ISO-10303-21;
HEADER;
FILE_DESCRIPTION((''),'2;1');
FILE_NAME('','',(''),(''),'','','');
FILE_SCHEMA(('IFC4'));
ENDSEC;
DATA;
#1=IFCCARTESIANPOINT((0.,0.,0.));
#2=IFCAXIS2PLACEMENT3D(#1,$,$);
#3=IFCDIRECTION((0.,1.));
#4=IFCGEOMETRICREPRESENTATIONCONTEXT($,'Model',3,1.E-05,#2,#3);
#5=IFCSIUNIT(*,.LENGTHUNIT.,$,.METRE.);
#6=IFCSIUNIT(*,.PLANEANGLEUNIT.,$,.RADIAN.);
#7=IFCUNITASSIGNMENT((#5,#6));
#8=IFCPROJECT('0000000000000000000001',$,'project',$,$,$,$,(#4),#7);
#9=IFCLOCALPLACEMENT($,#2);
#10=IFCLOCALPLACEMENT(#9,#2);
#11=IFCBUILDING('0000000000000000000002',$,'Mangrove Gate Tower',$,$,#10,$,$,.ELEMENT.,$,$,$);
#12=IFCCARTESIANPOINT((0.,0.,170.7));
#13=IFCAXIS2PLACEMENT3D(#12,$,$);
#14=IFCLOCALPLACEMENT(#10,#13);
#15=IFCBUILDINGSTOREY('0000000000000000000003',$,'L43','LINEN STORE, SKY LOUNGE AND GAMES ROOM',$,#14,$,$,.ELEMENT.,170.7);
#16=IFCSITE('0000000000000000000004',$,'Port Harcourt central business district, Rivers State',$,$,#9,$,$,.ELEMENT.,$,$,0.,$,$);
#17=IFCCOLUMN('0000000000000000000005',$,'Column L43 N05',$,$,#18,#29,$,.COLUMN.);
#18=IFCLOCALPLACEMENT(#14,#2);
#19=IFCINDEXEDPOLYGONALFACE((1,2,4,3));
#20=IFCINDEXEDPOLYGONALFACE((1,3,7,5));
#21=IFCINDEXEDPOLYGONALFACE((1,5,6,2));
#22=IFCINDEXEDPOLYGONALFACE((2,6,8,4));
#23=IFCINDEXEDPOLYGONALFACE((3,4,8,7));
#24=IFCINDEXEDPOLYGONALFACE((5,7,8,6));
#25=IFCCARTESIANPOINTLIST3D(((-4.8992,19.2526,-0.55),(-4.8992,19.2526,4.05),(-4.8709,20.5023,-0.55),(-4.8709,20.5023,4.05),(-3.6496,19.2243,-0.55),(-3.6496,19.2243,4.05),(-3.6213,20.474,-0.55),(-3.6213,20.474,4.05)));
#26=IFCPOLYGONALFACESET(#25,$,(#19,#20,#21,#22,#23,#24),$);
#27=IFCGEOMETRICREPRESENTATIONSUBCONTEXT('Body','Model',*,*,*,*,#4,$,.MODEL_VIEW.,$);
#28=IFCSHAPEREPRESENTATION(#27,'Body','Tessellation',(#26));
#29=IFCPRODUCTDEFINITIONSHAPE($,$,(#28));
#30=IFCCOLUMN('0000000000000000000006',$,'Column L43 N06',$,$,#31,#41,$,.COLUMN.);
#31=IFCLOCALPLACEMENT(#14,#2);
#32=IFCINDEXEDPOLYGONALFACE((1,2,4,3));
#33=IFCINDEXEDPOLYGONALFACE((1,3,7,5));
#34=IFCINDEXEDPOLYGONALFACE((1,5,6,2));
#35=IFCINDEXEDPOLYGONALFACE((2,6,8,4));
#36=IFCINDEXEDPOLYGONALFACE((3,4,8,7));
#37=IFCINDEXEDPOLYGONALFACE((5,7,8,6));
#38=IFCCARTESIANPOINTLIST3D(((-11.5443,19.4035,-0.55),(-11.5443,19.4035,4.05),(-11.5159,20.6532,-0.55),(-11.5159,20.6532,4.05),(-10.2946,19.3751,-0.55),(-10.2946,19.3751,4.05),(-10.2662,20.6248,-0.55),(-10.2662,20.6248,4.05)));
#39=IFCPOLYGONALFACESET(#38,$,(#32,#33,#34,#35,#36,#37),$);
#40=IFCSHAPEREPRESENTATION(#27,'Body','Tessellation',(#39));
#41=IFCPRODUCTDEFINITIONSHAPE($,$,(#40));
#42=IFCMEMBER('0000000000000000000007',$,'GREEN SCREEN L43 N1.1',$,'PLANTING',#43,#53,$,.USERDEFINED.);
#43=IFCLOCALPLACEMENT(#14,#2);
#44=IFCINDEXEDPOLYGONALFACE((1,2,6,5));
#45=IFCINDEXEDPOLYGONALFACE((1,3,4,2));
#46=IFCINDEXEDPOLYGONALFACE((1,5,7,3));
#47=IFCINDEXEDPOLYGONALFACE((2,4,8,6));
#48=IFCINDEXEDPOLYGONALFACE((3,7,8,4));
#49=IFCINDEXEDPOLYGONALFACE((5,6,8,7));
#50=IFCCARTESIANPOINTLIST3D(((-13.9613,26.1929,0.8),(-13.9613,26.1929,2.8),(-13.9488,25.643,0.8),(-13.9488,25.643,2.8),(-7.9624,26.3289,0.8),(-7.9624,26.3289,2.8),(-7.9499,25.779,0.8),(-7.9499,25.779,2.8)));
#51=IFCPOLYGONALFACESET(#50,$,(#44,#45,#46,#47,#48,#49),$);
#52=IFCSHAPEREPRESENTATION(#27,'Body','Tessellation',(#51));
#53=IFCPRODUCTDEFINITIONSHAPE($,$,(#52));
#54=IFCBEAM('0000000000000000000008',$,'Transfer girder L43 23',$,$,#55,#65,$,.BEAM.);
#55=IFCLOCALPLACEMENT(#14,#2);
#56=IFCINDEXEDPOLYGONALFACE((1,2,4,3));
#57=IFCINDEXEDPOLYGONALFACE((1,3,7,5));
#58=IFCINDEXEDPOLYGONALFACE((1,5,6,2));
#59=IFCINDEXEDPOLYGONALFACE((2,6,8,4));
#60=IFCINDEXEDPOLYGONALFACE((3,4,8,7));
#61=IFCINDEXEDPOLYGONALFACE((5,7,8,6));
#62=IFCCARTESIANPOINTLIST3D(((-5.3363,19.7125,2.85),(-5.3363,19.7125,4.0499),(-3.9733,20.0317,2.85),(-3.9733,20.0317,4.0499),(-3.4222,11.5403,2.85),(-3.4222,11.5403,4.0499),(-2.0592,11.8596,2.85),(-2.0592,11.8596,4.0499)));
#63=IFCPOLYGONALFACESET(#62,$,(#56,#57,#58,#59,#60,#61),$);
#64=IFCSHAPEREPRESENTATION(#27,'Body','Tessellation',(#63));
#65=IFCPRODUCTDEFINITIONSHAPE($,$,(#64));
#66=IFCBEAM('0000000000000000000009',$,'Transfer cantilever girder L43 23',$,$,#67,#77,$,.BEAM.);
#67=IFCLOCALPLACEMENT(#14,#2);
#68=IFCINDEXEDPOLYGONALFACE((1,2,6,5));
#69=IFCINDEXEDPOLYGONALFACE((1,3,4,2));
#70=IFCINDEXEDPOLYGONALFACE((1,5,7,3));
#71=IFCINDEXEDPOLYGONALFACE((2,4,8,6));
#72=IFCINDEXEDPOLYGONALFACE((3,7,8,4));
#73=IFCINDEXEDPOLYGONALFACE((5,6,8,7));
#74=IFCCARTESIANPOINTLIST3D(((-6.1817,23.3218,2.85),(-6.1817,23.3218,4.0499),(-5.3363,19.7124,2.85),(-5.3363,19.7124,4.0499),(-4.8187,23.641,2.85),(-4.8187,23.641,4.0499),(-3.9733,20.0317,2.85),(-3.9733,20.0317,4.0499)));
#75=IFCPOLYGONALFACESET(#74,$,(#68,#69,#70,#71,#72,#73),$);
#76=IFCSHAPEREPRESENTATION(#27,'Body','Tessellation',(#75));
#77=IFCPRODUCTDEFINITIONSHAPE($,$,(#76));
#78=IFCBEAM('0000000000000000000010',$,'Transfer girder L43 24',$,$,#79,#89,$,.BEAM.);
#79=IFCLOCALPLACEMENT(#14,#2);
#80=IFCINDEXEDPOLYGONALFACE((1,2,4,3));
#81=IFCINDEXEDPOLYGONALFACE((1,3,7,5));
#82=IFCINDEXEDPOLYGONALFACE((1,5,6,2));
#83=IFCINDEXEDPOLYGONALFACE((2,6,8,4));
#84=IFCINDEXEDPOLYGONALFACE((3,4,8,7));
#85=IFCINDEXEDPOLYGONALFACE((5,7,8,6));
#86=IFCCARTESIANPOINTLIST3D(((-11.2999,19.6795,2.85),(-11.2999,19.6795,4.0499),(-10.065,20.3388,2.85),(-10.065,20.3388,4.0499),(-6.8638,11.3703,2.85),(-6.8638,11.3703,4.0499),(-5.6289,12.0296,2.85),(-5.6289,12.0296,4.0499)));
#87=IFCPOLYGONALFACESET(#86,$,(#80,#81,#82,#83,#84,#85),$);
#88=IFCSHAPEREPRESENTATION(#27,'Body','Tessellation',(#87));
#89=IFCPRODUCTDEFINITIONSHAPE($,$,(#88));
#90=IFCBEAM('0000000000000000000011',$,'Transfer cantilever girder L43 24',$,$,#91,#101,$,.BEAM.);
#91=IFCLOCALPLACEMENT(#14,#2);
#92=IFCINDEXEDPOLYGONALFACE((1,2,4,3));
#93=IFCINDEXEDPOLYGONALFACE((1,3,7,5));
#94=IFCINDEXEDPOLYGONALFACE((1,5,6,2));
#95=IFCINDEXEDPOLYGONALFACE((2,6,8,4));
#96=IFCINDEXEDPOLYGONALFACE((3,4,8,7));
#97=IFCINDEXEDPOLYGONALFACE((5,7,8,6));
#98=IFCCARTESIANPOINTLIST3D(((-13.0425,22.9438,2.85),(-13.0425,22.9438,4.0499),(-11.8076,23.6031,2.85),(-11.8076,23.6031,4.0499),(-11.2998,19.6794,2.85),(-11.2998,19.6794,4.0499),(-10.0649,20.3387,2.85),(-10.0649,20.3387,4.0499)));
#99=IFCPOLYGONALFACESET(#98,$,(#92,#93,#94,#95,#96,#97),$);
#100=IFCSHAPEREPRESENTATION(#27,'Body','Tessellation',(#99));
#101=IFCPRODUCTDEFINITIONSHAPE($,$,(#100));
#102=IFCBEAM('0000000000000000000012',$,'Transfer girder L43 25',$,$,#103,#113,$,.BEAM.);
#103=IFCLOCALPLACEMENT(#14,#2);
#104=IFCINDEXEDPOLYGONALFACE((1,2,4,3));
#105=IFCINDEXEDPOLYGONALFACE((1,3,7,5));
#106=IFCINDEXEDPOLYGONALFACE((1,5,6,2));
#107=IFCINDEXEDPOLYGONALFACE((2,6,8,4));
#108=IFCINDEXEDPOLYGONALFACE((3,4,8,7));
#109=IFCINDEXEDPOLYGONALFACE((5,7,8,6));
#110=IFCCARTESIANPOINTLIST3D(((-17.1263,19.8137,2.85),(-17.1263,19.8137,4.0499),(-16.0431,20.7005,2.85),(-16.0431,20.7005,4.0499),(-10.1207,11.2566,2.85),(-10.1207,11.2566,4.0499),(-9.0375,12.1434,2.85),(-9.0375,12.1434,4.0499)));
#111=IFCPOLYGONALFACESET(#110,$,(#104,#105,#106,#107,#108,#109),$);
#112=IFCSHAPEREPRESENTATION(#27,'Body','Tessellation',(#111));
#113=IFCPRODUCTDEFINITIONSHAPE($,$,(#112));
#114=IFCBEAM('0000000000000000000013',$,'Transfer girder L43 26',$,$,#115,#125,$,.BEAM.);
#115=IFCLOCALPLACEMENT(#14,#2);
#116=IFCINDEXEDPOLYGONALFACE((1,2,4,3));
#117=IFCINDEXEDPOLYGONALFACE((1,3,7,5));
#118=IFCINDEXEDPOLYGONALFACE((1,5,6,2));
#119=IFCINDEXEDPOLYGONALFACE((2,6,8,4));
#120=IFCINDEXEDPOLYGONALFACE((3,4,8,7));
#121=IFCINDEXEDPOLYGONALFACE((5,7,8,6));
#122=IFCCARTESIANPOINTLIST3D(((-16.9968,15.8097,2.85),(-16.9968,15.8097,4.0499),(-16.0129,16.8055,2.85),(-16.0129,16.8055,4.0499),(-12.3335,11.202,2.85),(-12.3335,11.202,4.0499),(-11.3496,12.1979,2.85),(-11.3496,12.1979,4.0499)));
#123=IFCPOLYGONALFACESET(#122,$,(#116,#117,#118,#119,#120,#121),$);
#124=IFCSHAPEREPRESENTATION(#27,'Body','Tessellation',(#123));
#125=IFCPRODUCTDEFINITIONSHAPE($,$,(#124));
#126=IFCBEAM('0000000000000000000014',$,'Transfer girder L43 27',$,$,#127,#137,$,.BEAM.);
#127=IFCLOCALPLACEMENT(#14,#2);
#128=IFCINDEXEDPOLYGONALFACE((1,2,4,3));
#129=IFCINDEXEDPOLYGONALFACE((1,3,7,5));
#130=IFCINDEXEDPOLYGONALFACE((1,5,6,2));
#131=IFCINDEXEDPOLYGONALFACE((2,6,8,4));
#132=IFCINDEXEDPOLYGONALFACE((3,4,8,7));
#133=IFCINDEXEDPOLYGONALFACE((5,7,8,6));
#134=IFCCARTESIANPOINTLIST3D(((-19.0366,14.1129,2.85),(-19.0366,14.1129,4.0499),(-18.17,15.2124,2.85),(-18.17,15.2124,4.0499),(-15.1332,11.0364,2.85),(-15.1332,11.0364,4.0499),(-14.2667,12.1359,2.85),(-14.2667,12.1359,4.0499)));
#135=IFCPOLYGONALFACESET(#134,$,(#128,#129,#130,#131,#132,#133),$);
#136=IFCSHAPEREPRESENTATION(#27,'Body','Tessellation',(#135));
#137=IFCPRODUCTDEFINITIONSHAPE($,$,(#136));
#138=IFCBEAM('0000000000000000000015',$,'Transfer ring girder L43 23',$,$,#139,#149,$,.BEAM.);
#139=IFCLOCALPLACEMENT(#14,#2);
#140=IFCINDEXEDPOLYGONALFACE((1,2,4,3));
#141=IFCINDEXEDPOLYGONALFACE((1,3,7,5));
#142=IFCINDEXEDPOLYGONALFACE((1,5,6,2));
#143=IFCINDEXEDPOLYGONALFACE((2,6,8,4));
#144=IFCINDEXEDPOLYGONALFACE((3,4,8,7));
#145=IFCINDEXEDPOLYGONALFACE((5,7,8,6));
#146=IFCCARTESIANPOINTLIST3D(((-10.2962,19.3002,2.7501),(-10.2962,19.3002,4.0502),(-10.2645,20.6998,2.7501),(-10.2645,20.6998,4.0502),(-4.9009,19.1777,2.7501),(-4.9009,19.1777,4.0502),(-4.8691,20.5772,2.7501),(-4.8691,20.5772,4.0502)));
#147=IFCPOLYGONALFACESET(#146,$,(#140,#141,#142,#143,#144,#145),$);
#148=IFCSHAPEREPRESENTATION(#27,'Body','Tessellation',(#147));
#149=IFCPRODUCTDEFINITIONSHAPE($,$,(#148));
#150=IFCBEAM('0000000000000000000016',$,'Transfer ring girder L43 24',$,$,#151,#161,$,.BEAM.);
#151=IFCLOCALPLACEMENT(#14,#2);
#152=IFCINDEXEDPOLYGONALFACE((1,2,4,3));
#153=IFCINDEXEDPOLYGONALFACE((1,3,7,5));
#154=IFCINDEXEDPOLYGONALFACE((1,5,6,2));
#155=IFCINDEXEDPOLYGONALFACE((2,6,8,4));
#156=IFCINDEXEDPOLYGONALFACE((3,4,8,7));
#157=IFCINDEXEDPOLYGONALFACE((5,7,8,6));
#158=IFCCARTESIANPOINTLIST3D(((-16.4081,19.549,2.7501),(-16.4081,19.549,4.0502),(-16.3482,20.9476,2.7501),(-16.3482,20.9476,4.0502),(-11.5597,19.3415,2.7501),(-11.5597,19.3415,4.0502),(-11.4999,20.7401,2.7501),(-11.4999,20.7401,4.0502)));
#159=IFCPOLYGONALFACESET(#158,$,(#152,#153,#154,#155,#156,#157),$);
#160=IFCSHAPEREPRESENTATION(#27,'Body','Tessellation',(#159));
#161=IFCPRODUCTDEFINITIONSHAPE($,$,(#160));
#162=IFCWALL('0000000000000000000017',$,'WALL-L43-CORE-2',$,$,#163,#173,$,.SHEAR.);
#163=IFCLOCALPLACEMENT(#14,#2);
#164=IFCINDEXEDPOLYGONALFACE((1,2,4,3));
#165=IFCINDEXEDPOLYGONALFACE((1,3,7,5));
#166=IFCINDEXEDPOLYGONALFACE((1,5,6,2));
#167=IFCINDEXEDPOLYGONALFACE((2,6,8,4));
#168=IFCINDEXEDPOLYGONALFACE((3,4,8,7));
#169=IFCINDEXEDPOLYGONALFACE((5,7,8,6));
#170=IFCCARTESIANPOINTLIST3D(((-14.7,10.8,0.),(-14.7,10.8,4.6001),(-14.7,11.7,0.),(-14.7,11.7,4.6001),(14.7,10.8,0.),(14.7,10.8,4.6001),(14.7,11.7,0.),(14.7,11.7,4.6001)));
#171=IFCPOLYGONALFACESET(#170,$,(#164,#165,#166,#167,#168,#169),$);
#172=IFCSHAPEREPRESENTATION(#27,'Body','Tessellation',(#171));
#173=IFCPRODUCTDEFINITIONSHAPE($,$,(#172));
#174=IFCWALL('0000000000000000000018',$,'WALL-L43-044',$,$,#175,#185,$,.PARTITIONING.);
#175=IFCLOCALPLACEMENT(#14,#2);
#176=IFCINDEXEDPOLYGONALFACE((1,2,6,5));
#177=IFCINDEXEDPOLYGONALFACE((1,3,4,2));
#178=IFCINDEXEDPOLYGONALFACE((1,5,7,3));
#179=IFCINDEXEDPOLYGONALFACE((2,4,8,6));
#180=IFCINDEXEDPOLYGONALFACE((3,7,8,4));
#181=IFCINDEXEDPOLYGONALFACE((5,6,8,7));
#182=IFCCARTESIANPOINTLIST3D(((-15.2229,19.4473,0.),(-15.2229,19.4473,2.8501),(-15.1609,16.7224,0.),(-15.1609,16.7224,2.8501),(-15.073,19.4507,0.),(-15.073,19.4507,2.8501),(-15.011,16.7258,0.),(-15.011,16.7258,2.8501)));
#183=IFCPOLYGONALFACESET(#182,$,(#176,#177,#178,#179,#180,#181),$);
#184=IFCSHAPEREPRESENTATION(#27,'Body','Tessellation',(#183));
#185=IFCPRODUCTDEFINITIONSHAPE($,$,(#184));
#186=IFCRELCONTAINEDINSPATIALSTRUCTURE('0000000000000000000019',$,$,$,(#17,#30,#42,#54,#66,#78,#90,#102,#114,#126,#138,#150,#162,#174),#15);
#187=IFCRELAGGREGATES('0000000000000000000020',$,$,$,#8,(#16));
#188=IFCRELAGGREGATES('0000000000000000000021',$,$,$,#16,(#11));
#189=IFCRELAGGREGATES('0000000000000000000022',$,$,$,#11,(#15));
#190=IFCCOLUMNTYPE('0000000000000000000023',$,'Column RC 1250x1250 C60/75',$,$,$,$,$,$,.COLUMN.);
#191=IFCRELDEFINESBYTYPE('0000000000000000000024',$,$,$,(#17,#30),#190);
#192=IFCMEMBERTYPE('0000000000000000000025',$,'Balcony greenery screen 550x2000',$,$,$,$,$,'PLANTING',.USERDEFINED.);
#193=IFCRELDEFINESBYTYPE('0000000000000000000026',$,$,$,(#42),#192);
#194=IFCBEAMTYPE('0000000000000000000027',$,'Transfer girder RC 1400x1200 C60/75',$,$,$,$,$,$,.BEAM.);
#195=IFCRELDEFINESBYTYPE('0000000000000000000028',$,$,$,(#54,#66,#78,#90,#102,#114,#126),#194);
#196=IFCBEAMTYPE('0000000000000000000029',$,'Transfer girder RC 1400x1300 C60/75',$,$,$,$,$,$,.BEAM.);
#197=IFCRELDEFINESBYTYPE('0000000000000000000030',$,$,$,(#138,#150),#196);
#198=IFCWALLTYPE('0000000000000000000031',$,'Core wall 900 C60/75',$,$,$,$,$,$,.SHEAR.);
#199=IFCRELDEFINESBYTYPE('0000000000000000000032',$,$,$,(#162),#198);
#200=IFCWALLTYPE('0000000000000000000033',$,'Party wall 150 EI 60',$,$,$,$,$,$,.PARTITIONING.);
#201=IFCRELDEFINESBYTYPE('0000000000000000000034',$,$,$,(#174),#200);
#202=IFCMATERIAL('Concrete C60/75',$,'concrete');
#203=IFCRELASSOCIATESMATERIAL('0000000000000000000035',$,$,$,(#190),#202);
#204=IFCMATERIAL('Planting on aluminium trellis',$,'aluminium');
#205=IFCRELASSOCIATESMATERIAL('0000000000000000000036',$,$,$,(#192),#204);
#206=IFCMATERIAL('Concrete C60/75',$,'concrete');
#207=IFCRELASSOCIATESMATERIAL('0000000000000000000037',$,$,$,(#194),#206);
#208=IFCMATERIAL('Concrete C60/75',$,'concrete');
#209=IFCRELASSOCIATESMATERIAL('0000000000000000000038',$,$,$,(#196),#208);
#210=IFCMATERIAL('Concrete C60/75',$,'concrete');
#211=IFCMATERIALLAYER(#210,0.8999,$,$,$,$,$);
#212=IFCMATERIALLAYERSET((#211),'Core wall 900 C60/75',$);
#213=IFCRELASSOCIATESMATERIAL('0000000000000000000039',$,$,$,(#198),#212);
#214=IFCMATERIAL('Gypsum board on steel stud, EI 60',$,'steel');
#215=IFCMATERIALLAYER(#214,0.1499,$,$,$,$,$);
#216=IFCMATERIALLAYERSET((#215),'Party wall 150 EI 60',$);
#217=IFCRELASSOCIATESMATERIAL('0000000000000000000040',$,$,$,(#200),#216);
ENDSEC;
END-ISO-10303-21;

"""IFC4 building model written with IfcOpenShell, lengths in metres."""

from ifc_helpers import new_model, si_unit, direction, frame, frame_2d, origin, origin_2d, place, context, subcontext, project, spatial, rectangle, extrude, material, layer, layer_set, material_profile, profile_set, type_object, element, save


model = new_model("IFC4")

# Units and contexts
model_context = context("Model", 3, precision=1e-05, world=origin(), true_north=direction((0.0, 1.0)))
body_context = subcontext(model_context, "Body", "Model", "MODEL_VIEW")
ifc_project = project(units=[si_unit("LENGTHUNIT", "METRE"), si_unit("PLANEANGLEUNIT", "RADIAN")], contexts=[model_context])

# Site, building, storey
site_placement = place(None, origin())
site = spatial("IfcSite", under=ifc_project, at=site_placement, Name="Port Harcourt central business district, Rivers State", CompositionType="ELEMENT", RefElevation=0.0)
building_placement = place(site_placement, origin())
building = spatial("IfcBuilding", under=site, at=building_placement, Name="Mangrove Gate Tower", CompositionType="ELEMENT")
storey_placement = place(building_placement, frame((0.0, 0.0, 170.7)))
storey = spatial("IfcBuildingStorey", under=building, at=storey_placement, Name="L43", Description="LINEN STORE, SKY LOUNGE AND GAMES ROOM", CompositionType="ELEMENT", Elevation=170.7)

# Columns
ifc_material_1 = material(Name="Concrete C60/75", Category="concrete")
ifc_material_profile_1 = material_profile(ifc_material_1, rectangle(XDim=1.25, YDim=1.25, at=origin_2d()))
ifc_profile_set_1 = profile_set([ifc_material_profile_1], Name="Concrete C60/75")
column_type = type_object("IfcColumnType", Name="Column RC 1250x1250 C60/75", PredefinedType="COLUMN", material=ifc_profile_set_1)
for number, where, z_axis, x_axis, name in (
    (1, (-4.2603, 19.8633, -0.55), (0.0, 0.0, 1.0), (-0.999744, 0.022643, 0.0), "Column L43 N05"),
    (2, (-10.9053, 20.0142, -0.55), (0.0, 0.0, 1.0), (-0.999742, 0.022718, 0.0), "Column L43 N06"),
):
    element("IfcColumn", number, at=place(storey_placement, frame(where, z_axis=z_axis, x_axis=x_axis)), inside=storey, type_object=column_type, Name=name, PredefinedType="COLUMN", context=body_context, shape_type="SweptSolid", body=[
        extrude(rectangle(XDim=1.25, YDim=1.25, at=origin_2d()), origin(), (0.0, 0.0, 1.0), 4.6001),
    ])

# Member
ifc_material_2 = material(Name="Planting on aluminium trellis", Category="aluminium")
ifc_material_profile_2 = material_profile(ifc_material_2, rectangle(XDim=0.55, YDim=2.0, at=origin_2d()))
ifc_profile_set_2 = profile_set([ifc_material_profile_2], Name="Planting on aluminium trellis")
member_type = type_object("IfcMemberType", Name="Balcony greenery screen 550x2000", ElementType="PLANTING", PredefinedType="USERDEFINED", material=ifc_profile_set_2)
member_placement = place(storey_placement, frame((-13.9551, 25.918, 1.8), z_axis=(0.999743, 0.022662, 0.0), x_axis=(-0.022662, 0.999743, 0.0)))
element("IfcMember", 3, at=member_placement, inside=storey, type_object=member_type, Name="GREEN SCREEN L43 N1.1", ObjectType="PLANTING", PredefinedType="USERDEFINED", context=body_context, shape_type="SweptSolid", body=[
    extrude(rectangle(XDim=0.55, YDim=2.0, at=origin_2d()), origin(), (0.0, 0.0, 1.0), 6.0005),
])

# Beams
ifc_material_3 = material(Name="Concrete C60/75", Category="concrete")
ifc_material_profile_3 = material_profile(ifc_material_3, rectangle(XDim=1.3999, YDim=1.2, at=origin_2d()))
ifc_profile_set_3 = profile_set([ifc_material_profile_3], Name="Concrete C60/75")
beam_type_1 = type_object("IfcBeamType", Name="Transfer girder RC 1400x1200 C60/75", PredefinedType="BEAM", material=ifc_profile_set_3)
beam_1_placement = place(storey_placement, frame((-2.7407, 11.7, 3.45), z_axis=(-0.228047, 0.97365, 0.0), x_axis=(-0.97365, -0.228047, 0.0)))
element("IfcBeam", 4, at=beam_1_placement, inside=storey, type_object=beam_type_1, Name="Transfer girder L43 23", PredefinedType="BEAM", context=body_context, shape_type="SweptSolid", body=[
    extrude(rectangle(XDim=1.3999, YDim=1.2, at=origin_2d()), origin(), (0.0, 0.0, 1.0), 8.3933),
])
beam_2_placement = place(storey_placement, frame((-4.6548, 19.8721, 3.45), z_axis=(-0.228066, 0.973646, 0.0), x_axis=(-0.973646, -0.228066, 0.0)))
element("IfcBeam", 5, at=beam_2_placement, inside=storey, type_object=beam_type_1, Name="Transfer cantilever girder L43 23", PredefinedType="BEAM", context=body_context, shape_type="SweptSolid", body=[
    extrude(rectangle(XDim=1.3999, YDim=1.2, at=origin_2d()), origin(), (0.0, 0.0, 1.0), 3.707),
])
beam_3_placement = place(storey_placement, frame((-6.2463, 11.7, 3.45), z_axis=(-0.470962, 0.882153, 0.0), x_axis=(-0.882153, -0.470962, 0.0)))
element("IfcBeam", 6, at=beam_3_placement, inside=storey, type_object=beam_type_1, Name="Transfer girder L43 24", PredefinedType="BEAM", context=body_context, shape_type="SweptSolid", body=[
    extrude(rectangle(XDim=1.3999, YDim=1.2, at=origin_2d()), origin(), (0.0, 0.0, 1.0), 9.4192),
])
beam_4_placement = place(storey_placement, frame((-10.6824, 20.009, 3.45), z_axis=(-0.470937, 0.882167, 0.0), x_axis=(-0.882167, -0.470937, 0.0)))
element("IfcBeam", 7, at=beam_4_placement, inside=storey, type_object=beam_type_1, Name="Transfer cantilever girder L43 24", PredefinedType="BEAM", context=body_context, shape_type="SweptSolid", body=[
    extrude(rectangle(XDim=1.3999, YDim=1.2, at=origin_2d()), origin(), (0.0, 0.0, 1.0), 3.7004),
])
beam_5_placement = place(storey_placement, frame((-9.5791, 11.7, 3.45), z_axis=(-0.633472, 0.773765, 0.0), x_axis=(-0.773765, -0.633472, 0.0)))
element("IfcBeam", 8, at=beam_5_placement, inside=storey, type_object=beam_type_1, Name="Transfer girder L43 25", PredefinedType="BEAM", context=body_context, shape_type="SweptSolid", body=[
    extrude(rectangle(XDim=1.3999, YDim=1.2, at=origin_2d()), origin(), (0.0, 0.0, 1.0), 11.0591),
])
beam_6_placement = place(storey_placement, frame((-11.8416, 11.7, 3.45), z_axis=(-0.71134, 0.702849, 0.0), x_axis=(-0.702849, -0.71134, 0.0)))
element("IfcBeam", 9, at=beam_6_placement, inside=storey, type_object=beam_type_1, Name="Transfer girder L43 26", PredefinedType="BEAM", context=body_context, shape_type="SweptSolid", body=[
    extrude(rectangle(XDim=1.3999, YDim=1.2, at=origin_2d()), origin(), (0.0, 0.0, 1.0), 6.5557),
])
beam_7_placement = place(storey_placement, frame((-14.7, 11.5862, 3.45), z_axis=(-0.785387, 0.619005, 0.0), x_axis=(-0.619005, -0.785387, 0.0)))
element("IfcBeam", 10, at=beam_7_placement, inside=storey, type_object=beam_type_1, Name="Transfer girder L43 27", PredefinedType="BEAM", context=body_context, shape_type="SweptSolid", body=[
    extrude(rectangle(XDim=1.3999, YDim=1.2, at=origin_2d()), origin(), (0.0, 0.0, 1.0), 4.97),
])
ifc_material_4 = material(Name="Concrete C60/75", Category="concrete")
ifc_material_profile_4 = material_profile(ifc_material_4, rectangle(XDim=1.3999, YDim=1.3, at=origin_2d()))
ifc_profile_set_4 = profile_set([ifc_material_profile_4], Name="Concrete C60/75")
beam_type_2 = type_object("IfcBeamType", Name="Transfer girder RC 1400x1300 C60/75", PredefinedType="BEAM", material=ifc_profile_set_4)
beam_8_placement = place(storey_placement, frame((-4.885, 19.8774, 3.4001), z_axis=(-0.999742, 0.02271, 0.0), x_axis=(-0.02271, -0.999742, 0.0)))
element("IfcBeam", 11, at=beam_8_placement, inside=storey, type_object=beam_type_2, Name="Transfer ring girder L43 23", PredefinedType="BEAM", context=body_context, shape_type="SweptSolid", body=[
    extrude(rectangle(XDim=1.3999, YDim=1.3, at=origin_2d()), origin(), (0.0, 0.0, 1.0), 5.3967),
])
beam_9_placement = place(storey_placement, frame((-11.5298, 20.0408, 3.4001), z_axis=(-0.999085, 0.042763, 0.0), x_axis=(-0.042763, -0.999085, 0.0)))
element("IfcBeam", 12, at=beam_9_placement, inside=storey, type_object=beam_type_2, Name="Transfer ring girder L43 24", PredefinedType="BEAM", context=body_context, shape_type="SweptSolid", body=[
    extrude(rectangle(XDim=1.3999, YDim=1.3, at=origin_2d()), origin(), (0.0, 0.0, 1.0), 4.8528),
])

# Walls
ifc_material_5 = material(Name="Concrete C60/75", Category="concrete")
ifc_layer_1 = layer(ifc_material_5, 0.8999)
ifc_layer_set_1 = layer_set([ifc_layer_1], Name="Core wall 900 C60/75")
wall_type_1 = type_object("IfcWallType", Name="Core wall 900 C60/75", PredefinedType="SHEAR", material=ifc_layer_set_1)
wall_1_placement = place(storey_placement, frame((-14.7, 11.25, 0.0), z_axis=(0.0, 0.0, 1.0), x_axis=(1.0, 0.0, 0.0)))
element("IfcWall", 13, at=wall_1_placement, inside=storey, type_object=wall_type_1, Name="WALL-L43-CORE-2", PredefinedType="SHEAR", context=body_context, shape_type="SweptSolid", body=[
    extrude(rectangle(XDim=29.3999, YDim=0.8999, at=frame_2d((14.7, 0.0))), origin(), (0.0, 0.0, 1.0), 4.6001),
])
ifc_material_6 = material(Name="Gypsum board on steel stud, EI 60", Category="steel")
ifc_layer_2 = layer(ifc_material_6, 0.1499)
ifc_layer_set_2 = layer_set([ifc_layer_2], Name="Party wall 150 EI 60")
wall_type_2 = type_object("IfcWallType", Name="Party wall 150 EI 60", PredefinedType="PARTITIONING", material=ifc_layer_set_2)
wall_2_placement = place(storey_placement, frame((-15.0859, 16.7241, 0.0), z_axis=(0.0, 0.0, 1.0), x_axis=(-0.022752, 0.999741, 0.0)))
element("IfcWall", 14, at=wall_2_placement, inside=storey, type_object=wall_type_2, Name="WALL-L43-044", PredefinedType="PARTITIONING", context=body_context, shape_type="SweptSolid", body=[
    extrude(rectangle(XDim=2.7256, YDim=0.1499, at=frame_2d((1.3628, 0.0))), origin(), (0.0, 0.0, 1.0), 2.8501),
])

save(model, "model.ifc")
